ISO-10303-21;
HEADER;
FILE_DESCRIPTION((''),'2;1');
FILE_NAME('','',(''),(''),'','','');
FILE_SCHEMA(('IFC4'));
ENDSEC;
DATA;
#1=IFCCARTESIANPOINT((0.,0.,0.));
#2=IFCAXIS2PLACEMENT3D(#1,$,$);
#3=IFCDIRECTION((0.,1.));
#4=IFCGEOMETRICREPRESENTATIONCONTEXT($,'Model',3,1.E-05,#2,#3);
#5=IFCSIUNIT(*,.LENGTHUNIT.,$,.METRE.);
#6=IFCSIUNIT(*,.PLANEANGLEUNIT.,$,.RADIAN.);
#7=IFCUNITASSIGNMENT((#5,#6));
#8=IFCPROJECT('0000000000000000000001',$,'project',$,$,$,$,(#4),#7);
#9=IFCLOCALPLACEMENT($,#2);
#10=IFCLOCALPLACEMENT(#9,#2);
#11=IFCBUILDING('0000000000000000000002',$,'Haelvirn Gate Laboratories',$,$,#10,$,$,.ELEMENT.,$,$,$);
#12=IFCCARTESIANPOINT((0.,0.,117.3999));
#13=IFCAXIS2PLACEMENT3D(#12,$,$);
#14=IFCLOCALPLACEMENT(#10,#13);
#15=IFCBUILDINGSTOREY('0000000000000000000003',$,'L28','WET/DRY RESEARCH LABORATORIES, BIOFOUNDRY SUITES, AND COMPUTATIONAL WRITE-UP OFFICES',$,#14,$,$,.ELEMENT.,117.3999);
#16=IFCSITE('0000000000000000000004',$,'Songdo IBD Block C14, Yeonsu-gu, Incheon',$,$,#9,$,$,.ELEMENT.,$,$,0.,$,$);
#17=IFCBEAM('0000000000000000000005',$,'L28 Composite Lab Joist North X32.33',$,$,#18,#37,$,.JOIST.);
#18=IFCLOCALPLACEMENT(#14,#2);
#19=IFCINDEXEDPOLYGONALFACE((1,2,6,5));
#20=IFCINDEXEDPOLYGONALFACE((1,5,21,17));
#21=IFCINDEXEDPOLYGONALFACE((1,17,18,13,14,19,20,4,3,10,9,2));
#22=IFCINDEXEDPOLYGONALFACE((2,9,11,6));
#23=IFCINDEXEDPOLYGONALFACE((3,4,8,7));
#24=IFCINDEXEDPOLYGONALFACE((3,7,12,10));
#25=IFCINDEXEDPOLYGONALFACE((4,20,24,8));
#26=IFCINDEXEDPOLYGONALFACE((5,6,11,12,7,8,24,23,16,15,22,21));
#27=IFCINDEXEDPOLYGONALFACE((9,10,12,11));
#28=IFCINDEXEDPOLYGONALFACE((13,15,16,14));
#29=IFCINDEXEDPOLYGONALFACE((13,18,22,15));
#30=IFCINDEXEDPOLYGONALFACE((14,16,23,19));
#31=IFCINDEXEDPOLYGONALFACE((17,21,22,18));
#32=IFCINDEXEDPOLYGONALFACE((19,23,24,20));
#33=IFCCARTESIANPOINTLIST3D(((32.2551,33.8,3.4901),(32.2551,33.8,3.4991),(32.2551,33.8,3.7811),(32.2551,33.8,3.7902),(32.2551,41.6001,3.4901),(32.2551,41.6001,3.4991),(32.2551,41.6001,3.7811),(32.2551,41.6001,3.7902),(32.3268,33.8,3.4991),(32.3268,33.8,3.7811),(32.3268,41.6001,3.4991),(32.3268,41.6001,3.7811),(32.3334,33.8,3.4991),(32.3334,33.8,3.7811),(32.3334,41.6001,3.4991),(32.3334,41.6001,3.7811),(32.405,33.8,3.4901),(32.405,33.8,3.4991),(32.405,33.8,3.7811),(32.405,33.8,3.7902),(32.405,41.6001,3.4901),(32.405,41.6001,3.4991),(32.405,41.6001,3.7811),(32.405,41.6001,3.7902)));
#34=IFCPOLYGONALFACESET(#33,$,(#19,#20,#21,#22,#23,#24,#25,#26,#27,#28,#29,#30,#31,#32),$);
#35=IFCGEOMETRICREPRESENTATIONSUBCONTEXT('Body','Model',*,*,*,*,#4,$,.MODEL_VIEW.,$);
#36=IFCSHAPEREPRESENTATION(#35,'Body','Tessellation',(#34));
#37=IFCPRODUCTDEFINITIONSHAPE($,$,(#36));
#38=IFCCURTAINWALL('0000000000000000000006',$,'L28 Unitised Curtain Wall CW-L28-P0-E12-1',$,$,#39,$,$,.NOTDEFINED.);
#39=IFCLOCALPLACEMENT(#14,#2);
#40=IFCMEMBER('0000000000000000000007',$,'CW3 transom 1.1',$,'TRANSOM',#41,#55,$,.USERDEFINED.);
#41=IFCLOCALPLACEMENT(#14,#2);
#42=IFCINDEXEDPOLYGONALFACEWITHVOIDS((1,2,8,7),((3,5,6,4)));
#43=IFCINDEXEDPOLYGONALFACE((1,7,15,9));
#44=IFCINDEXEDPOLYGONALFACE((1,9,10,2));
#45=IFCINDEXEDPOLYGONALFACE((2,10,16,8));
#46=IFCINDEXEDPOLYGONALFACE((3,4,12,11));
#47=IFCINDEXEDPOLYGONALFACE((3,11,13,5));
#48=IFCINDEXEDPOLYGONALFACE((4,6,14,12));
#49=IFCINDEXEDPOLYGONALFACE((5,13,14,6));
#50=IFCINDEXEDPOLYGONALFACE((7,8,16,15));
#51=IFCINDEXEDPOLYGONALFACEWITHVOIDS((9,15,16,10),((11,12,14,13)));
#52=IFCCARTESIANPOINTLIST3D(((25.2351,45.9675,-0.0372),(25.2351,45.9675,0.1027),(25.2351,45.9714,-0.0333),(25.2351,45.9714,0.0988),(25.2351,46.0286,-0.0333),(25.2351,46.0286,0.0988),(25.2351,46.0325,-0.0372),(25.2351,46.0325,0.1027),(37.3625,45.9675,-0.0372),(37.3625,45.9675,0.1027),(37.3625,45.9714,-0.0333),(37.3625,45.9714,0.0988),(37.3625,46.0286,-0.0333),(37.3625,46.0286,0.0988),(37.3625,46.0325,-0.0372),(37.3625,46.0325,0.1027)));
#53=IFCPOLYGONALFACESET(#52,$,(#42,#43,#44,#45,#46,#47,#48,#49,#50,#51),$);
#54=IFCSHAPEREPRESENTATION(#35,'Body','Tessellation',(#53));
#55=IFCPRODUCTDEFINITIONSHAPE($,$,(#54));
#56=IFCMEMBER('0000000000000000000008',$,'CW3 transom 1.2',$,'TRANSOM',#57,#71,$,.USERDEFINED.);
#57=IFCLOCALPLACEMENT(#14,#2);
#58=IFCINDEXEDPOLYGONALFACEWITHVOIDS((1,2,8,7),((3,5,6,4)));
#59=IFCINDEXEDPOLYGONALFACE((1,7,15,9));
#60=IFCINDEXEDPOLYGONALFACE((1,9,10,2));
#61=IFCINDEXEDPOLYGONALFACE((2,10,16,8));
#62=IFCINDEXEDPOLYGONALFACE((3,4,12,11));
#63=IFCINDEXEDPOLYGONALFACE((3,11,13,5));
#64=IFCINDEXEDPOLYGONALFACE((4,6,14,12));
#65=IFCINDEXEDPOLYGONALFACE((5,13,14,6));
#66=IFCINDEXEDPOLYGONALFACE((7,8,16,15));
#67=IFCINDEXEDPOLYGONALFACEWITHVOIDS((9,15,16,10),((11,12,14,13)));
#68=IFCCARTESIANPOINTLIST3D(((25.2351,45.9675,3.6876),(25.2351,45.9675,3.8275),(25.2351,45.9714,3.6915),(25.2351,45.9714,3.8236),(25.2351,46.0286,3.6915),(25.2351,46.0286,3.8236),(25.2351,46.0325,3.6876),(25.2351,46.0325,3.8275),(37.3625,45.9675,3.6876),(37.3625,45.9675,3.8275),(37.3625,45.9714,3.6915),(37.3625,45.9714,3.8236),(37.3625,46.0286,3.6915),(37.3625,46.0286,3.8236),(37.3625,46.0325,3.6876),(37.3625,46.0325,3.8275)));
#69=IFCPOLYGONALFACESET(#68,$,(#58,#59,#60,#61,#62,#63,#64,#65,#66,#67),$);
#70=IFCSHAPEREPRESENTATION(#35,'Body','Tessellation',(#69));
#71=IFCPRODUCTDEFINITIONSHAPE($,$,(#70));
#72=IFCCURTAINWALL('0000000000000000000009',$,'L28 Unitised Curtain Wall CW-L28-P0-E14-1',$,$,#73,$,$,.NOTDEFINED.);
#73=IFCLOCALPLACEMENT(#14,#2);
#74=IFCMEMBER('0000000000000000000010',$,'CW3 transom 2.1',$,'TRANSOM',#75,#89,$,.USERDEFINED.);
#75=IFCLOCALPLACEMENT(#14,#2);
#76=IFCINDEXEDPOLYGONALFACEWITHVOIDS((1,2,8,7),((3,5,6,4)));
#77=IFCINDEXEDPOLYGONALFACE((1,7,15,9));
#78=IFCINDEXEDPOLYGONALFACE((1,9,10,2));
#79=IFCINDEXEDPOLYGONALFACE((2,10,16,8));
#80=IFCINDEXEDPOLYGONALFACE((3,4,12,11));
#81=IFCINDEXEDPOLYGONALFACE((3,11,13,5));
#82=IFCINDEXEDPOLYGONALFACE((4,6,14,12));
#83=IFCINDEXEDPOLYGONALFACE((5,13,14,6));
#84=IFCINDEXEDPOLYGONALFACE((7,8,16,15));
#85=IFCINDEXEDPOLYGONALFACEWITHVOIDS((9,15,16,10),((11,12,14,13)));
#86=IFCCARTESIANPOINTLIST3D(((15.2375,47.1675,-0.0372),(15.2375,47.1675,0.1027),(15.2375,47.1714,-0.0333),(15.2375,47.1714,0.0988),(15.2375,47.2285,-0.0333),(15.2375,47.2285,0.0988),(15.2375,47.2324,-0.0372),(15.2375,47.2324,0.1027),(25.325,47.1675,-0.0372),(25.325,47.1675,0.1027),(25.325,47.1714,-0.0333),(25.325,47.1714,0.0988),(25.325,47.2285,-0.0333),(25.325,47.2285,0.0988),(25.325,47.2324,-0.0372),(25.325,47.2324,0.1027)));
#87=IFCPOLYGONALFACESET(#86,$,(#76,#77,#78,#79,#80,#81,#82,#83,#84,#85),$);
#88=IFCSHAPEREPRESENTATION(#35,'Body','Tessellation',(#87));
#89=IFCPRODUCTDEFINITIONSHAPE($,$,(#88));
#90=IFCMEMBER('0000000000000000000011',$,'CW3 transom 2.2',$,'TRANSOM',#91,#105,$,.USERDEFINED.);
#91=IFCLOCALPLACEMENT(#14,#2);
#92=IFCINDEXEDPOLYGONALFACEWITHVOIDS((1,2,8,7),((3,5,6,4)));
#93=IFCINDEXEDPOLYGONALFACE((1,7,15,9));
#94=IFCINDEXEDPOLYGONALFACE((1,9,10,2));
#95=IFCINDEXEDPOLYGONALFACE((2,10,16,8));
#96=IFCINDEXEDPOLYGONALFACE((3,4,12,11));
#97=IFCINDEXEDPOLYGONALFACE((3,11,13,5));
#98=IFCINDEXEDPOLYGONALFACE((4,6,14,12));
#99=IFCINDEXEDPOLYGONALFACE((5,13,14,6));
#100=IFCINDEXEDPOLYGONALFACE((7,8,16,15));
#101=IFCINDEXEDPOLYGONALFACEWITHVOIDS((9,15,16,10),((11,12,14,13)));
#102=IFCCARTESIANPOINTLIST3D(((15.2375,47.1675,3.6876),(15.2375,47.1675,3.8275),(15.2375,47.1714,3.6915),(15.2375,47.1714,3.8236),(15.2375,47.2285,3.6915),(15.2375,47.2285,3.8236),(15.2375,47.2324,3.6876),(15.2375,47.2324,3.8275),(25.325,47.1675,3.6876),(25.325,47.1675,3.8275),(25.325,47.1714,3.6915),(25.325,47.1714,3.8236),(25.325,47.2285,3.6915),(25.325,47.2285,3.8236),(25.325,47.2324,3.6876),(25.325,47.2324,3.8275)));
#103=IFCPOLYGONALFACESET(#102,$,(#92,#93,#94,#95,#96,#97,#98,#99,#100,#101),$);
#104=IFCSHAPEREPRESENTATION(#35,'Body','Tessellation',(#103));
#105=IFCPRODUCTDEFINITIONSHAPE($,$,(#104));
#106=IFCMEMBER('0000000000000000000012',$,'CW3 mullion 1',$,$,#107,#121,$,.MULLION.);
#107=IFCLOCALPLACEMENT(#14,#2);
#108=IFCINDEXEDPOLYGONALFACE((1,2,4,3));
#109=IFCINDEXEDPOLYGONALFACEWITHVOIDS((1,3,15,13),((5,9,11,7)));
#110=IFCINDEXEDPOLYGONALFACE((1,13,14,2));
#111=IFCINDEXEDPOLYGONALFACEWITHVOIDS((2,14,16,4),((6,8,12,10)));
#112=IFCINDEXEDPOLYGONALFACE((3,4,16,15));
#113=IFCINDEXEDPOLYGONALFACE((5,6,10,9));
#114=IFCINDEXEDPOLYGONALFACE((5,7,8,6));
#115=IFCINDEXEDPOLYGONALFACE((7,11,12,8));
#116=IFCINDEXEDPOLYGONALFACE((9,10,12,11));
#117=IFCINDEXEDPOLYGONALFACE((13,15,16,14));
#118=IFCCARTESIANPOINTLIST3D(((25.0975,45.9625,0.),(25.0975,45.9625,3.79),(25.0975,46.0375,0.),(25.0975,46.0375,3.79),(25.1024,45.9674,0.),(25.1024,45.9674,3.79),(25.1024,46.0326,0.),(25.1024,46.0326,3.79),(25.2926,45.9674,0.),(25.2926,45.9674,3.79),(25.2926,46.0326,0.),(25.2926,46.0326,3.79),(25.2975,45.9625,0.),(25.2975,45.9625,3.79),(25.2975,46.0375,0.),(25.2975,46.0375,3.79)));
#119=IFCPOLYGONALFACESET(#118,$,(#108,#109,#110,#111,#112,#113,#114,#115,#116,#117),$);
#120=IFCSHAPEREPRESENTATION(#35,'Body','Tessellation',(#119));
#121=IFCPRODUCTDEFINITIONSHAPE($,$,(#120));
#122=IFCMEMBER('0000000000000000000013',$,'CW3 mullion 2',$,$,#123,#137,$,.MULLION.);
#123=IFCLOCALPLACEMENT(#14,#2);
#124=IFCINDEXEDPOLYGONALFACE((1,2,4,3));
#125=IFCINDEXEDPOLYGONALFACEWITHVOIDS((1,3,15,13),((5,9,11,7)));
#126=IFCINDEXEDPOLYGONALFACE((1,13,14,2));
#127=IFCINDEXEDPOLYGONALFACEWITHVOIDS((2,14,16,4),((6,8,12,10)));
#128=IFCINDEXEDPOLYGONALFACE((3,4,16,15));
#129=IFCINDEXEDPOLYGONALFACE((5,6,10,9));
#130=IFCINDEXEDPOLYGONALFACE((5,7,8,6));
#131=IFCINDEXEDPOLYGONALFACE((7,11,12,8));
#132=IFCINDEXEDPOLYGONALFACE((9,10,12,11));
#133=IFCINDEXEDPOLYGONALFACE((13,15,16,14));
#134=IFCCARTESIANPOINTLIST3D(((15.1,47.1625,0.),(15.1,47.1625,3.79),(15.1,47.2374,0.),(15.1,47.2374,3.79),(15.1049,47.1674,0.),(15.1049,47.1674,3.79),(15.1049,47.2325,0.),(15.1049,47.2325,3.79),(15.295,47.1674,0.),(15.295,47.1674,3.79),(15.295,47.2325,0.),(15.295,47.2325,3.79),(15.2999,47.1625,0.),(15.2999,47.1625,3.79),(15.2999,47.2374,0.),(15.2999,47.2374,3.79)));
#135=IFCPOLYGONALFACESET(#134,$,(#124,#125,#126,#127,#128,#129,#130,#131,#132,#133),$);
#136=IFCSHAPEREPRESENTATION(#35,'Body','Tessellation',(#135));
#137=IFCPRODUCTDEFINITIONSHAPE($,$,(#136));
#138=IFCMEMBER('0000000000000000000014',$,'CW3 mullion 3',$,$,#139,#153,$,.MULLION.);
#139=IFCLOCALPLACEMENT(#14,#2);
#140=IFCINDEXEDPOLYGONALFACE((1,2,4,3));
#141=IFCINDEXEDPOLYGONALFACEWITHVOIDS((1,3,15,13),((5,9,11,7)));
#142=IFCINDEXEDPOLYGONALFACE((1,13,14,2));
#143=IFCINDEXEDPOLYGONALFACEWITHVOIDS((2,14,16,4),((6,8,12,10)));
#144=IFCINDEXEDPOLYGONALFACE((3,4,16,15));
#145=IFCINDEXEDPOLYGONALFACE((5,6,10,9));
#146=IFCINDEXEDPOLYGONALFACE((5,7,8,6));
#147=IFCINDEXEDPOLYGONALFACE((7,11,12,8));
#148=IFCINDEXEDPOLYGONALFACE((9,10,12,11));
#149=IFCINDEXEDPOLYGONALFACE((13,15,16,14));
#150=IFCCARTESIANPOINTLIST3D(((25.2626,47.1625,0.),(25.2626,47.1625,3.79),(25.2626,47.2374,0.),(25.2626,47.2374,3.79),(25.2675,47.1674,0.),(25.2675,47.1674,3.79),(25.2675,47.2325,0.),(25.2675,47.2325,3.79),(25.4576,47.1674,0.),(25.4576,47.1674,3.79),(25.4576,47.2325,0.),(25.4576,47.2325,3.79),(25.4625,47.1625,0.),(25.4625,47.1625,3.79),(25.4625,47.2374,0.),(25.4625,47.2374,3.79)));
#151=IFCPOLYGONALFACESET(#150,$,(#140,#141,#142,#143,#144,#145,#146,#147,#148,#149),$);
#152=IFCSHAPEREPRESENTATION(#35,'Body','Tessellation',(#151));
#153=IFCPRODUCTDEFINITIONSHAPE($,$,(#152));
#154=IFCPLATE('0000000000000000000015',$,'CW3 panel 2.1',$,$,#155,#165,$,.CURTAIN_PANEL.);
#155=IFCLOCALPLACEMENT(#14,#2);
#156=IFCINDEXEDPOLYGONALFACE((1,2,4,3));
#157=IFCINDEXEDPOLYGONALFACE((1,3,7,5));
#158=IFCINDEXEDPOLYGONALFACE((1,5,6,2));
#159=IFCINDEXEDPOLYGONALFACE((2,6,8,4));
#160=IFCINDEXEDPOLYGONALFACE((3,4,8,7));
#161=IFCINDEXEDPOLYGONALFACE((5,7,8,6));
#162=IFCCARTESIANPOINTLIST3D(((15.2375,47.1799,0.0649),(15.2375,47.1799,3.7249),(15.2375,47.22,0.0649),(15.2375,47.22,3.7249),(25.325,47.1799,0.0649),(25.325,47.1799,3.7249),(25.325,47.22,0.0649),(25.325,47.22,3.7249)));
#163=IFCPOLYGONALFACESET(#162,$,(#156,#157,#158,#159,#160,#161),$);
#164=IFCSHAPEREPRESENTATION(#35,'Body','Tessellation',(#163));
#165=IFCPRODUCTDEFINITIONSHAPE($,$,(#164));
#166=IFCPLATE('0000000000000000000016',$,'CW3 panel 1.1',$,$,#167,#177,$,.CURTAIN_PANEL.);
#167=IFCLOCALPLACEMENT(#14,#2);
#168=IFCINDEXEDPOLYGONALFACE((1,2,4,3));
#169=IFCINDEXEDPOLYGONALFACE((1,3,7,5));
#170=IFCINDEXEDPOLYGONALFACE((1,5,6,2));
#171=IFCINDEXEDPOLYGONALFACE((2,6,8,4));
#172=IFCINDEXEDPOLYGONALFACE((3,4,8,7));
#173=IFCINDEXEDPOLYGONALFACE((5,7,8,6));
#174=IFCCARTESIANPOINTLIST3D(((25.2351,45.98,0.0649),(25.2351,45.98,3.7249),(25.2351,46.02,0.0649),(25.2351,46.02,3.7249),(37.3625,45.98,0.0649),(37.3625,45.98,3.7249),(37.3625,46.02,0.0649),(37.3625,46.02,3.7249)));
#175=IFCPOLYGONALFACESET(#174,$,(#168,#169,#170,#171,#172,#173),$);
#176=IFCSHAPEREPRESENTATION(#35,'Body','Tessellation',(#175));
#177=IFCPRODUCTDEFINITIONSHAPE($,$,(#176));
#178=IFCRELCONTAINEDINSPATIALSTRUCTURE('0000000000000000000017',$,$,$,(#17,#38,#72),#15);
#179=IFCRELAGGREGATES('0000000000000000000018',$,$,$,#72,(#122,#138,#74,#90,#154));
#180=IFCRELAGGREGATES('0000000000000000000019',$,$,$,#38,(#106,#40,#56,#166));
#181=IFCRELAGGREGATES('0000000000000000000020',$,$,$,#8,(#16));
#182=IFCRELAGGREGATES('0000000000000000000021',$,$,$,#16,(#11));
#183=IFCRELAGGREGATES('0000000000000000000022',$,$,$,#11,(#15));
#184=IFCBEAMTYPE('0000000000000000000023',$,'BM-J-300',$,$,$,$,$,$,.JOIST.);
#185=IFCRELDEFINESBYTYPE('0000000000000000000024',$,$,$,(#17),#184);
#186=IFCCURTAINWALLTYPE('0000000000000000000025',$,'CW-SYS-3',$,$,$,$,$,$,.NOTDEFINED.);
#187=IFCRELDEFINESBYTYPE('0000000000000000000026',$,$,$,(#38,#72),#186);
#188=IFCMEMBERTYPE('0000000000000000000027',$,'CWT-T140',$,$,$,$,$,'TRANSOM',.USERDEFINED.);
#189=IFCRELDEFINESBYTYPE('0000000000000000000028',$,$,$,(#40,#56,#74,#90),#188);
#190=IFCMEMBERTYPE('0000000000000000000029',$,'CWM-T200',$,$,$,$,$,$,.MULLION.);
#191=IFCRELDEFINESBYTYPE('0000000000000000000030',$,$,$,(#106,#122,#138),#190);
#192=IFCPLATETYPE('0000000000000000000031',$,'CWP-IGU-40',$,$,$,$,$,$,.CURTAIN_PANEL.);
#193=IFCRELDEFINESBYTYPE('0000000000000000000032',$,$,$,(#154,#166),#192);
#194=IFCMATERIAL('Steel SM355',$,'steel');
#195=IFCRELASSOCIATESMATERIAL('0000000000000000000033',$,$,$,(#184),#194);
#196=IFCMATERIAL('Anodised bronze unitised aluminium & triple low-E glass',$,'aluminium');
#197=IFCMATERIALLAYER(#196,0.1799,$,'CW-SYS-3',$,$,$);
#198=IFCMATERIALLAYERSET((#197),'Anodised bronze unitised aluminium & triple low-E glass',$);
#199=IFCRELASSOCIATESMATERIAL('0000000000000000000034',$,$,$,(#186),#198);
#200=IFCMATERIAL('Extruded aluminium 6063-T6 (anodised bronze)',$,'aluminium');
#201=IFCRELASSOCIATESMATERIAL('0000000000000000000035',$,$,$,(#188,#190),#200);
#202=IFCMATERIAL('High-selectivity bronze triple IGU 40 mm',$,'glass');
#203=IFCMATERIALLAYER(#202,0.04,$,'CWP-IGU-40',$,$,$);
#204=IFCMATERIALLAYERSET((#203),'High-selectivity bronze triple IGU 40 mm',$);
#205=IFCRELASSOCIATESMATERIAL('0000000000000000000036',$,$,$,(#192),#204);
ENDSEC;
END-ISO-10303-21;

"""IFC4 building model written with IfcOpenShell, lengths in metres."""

from ifc_helpers import new_model, si_unit, direction, frame, origin, origin_2d, place, context, subcontext, project, spatial, rectangle, hollow_rectangle, i_section, extrude, source, transform, mapped, material, layer, layer_set, material_profile, profile_set, type_object, type_shapes, element, aggregate, save


model = new_model("IFC4")

# Units and contexts
model_context = context("Model", 3, precision=1e-05, world=origin(), true_north=direction((0.0, 1.0)))
body_context = subcontext(model_context, "Body", "Model", "MODEL_VIEW")
ifc_project = project(units=[si_unit("LENGTHUNIT", "METRE"), si_unit("PLANEANGLEUNIT", "RADIAN")], contexts=[model_context])

# Site, building, storey
site_placement = place(None, origin())
site = spatial("IfcSite", under=ifc_project, at=site_placement, Name="Songdo IBD Block C14, Yeonsu-gu, Incheon", CompositionType="ELEMENT", RefElevation=0.0)
building_placement = place(site_placement, origin())
building = spatial("IfcBuilding", under=site, at=building_placement, Name="Haelvirn Gate Laboratories", CompositionType="ELEMENT")
storey_placement = place(building_placement, frame((0.0, 0.0, 117.3999)))
storey = spatial("IfcBuildingStorey", under=building, at=storey_placement, Name="L28", Description="WET/DRY RESEARCH LABORATORIES, BIOFOUNDRY SUITES, AND COMPUTATIONAL WRITE-UP OFFICES", CompositionType="ELEMENT", Elevation=117.3999)

# Shared definitions
ifc_material_1 = material(Name="Steel SM355", Category="steel")

# Beam
ifc_material_profile_1 = material_profile(ifc_material_1, i_section(OverallWidth=0.1499, OverallDepth=0.3, WebThickness=0.0066, FlangeThickness=0.009, at=origin_2d()), Name="H-300x150x6.5x9")
ifc_profile_set_1 = profile_set([ifc_material_profile_1], Name="Steel SM355")
beam_type_1 = type_object("IfcBeamType", Name="BM-J-300", PredefinedType="JOIST", material=ifc_profile_set_1)
shared_shape_1 = source(origin(), body_context, "Body", "SweptSolid", [
    extrude(i_section(OverallWidth=0.1499, OverallDepth=0.3, WebThickness=0.0066, FlangeThickness=0.009, at=origin_2d()), origin(), (0.0, 0.0, 1.0), 7.8),
])
type_shapes(beam_type_1, [shared_shape_1])
beam_1_placement = place(storey_placement, frame((32.3301, 33.8, 3.6401), z_axis=(0.0, 1.0, 0.0), x_axis=(-1.0, 0.0, 0.0)))
element("IfcBeam", 1, at=beam_1_placement, inside=storey, type_object=beam_type_1, Name="L28 Composite Lab Joist North X32.33", PredefinedType="JOIST", context=body_context, shape_type="MappedRepresentation", body=[
    mapped(shared_shape_1, transform((0.0, 0.0, 0.0), scale=1.0)),
])

# Curtain walls, members
ifc_material_2 = material(Name="Anodised bronze unitised aluminium & triple low-E glass", Category="aluminium")
ifc_layer_1 = layer(ifc_material_2, 0.1799, Name="CW-SYS-3")
ifc_layer_set_1 = layer_set([ifc_layer_1], Name="Anodised bronze unitised aluminium & triple low-E glass")
curtain_wall_type = type_object("IfcCurtainWallType", Name="CW-SYS-3", PredefinedType="NOTDEFINED", material=ifc_layer_set_1)
curtain_wall_1_placement = place(storey_placement, origin())
curtain_wall_1 = element("IfcCurtainWall", 2, at=curtain_wall_1_placement, inside=storey, type_object=curtain_wall_type, Name="L28 Unitised Curtain Wall CW-L28-P0-E12-1", PredefinedType="NOTDEFINED")
ifc_material_3 = material(Name="Extruded aluminium 6063-T6 (anodised bronze)", Category="aluminium")
ifc_material_profile_2 = material_profile(ifc_material_3, hollow_rectangle(XDim=0.0649, YDim=0.1399, WallThickness=0.0039, at=origin_2d()), Name="CWT-140x65x4")
ifc_profile_set_2 = profile_set([ifc_material_profile_2], Name="Extruded aluminium 6063-T6 (anodised bronze)")
member_type_1 = type_object("IfcMemberType", Name="CWT-T140", ElementType="TRANSOM", PredefinedType="USERDEFINED", material=ifc_profile_set_2)
shared_shape_2 = source(origin(), body_context, "Body", "SweptSolid", [
    extrude(hollow_rectangle(XDim=0.0649, YDim=0.1399, WallThickness=0.0039, at=origin_2d()), origin(), (0.0, 0.0, 1.0), 12.1274),
])
member_1_placement = place(storey_placement, frame((25.2351, 46.0, 0.0327), z_axis=(1.0, 0.0, 0.0), x_axis=(0.0, 1.0, 0.0)))
member_1 = element("IfcMember", 3, at=member_1_placement, type_object=member_type_1, Name="CW3 transom 1.1", ObjectType="TRANSOM", PredefinedType="USERDEFINED", context=body_context, shape_type="MappedRepresentation", body=[
    mapped(shared_shape_2, transform((0.0, 0.0, 0.0), scale=1.0)),
])
member_2_placement = place(storey_placement, frame((25.2351, 46.0, 3.7576), z_axis=(1.0, 0.0, 0.0), x_axis=(0.0, 1.0, 0.0)))
member_2 = element("IfcMember", 4, at=member_2_placement, type_object=member_type_1, Name="CW3 transom 1.2", ObjectType="TRANSOM", PredefinedType="USERDEFINED", context=body_context, shape_type="MappedRepresentation", body=[
    mapped(shared_shape_2, transform((0.0, 0.0, 0.0), scale=1.0)),
])
curtain_wall_2_placement = place(storey_placement, origin())
curtain_wall_2 = element("IfcCurtainWall", 5, at=curtain_wall_2_placement, inside=storey, type_object=curtain_wall_type, Name="L28 Unitised Curtain Wall CW-L28-P0-E14-1", PredefinedType="NOTDEFINED")
shared_shape_3 = source(origin(), body_context, "Body", "SweptSolid", [
    extrude(hollow_rectangle(XDim=0.0649, YDim=0.1399, WallThickness=0.0039, at=origin_2d()), origin(), (0.0, 0.0, 1.0), 10.0874),
])
type_shapes(member_type_1, [shared_shape_2, shared_shape_3])
member_3_placement = place(storey_placement, frame((15.2375, 47.2, 0.0327), z_axis=(1.0, 0.0, 0.0), x_axis=(0.0, 1.0, 0.0)))
member_3 = element("IfcMember", 6, at=member_3_placement, type_object=member_type_1, Name="CW3 transom 2.1", ObjectType="TRANSOM", PredefinedType="USERDEFINED", context=body_context, shape_type="MappedRepresentation", body=[
    mapped(shared_shape_3, transform((0.0, 0.0, 0.0), scale=1.0)),
])
member_4_placement = place(storey_placement, frame((15.2375, 47.2, 3.7576), z_axis=(1.0, 0.0, 0.0), x_axis=(0.0, 1.0, 0.0)))
member_4 = element("IfcMember", 7, at=member_4_placement, type_object=member_type_1, Name="CW3 transom 2.2", ObjectType="TRANSOM", PredefinedType="USERDEFINED", context=body_context, shape_type="MappedRepresentation", body=[
    mapped(shared_shape_3, transform((0.0, 0.0, 0.0), scale=1.0)),
])

# Members
ifc_material_profile_3 = material_profile(ifc_material_3, hollow_rectangle(XDim=0.075, YDim=0.2, WallThickness=0.0049, at=origin_2d()), Name="CWM-200x75x5")
ifc_profile_set_3 = profile_set([ifc_material_profile_3], Name="Extruded aluminium 6063-T6 (anodised bronze)")
member_type_2 = type_object("IfcMemberType", Name="CWM-T200", PredefinedType="MULLION", material=ifc_profile_set_3)
shared_shape_4 = source(origin(), body_context, "Body", "SweptSolid", [
    extrude(hollow_rectangle(XDim=0.075, YDim=0.2, WallThickness=0.0049, at=origin_2d()), origin(), (0.0, 0.0, 1.0), 3.79),
])
type_shapes(member_type_2, [shared_shape_4])
member_5_placement = place(storey_placement, frame((25.1975, 46.0, 0.0), z_axis=(0.0, 0.0, 1.0), x_axis=(0.0, 1.0, 0.0)))
member_5 = element("IfcMember", 8, at=member_5_placement, type_object=member_type_2, Name="CW3 mullion 1", PredefinedType="MULLION", context=body_context, shape_type="MappedRepresentation", body=[
    mapped(shared_shape_4, transform((0.0, 0.0, 0.0), scale=1.0)),
])
member_6_placement = place(storey_placement, frame((15.2, 47.2, 0.0), z_axis=(0.0, 0.0, 1.0), x_axis=(0.0, 1.0, 0.0)))
member_6 = element("IfcMember", 9, at=member_6_placement, type_object=member_type_2, Name="CW3 mullion 2", PredefinedType="MULLION", context=body_context, shape_type="MappedRepresentation", body=[
    mapped(shared_shape_4, transform((0.0, 0.0, 0.0), scale=1.0)),
])
member_7_placement = place(storey_placement, frame((25.3625, 47.2, 0.0), z_axis=(0.0, 0.0, 1.0), x_axis=(0.0, 1.0, 0.0)))
member_7 = element("IfcMember", 10, at=member_7_placement, type_object=member_type_2, Name="CW3 mullion 3", PredefinedType="MULLION", context=body_context, shape_type="MappedRepresentation", body=[
    mapped(shared_shape_4, transform((0.0, 0.0, 0.0), scale=1.0)),
])

# Plates
ifc_material_4 = material(Name="High-selectivity bronze triple IGU 40 mm", Category="glass")
ifc_layer_2 = layer(ifc_material_4, 0.04, Name="CWP-IGU-40")
ifc_layer_set_2 = layer_set([ifc_layer_2], Name="High-selectivity bronze triple IGU 40 mm")
plate_type = type_object("IfcPlateType", Name="CWP-IGU-40", PredefinedType="CURTAIN_PANEL", material=ifc_layer_set_2)
shared_shape_5 = source(origin(), body_context, "Body", "SweptSolid", [
    extrude(rectangle(XDim=10.0874, YDim=0.04, at=origin_2d()), origin(), (0.0, 0.0, 1.0), 3.6599),
])
plate_1_placement = place(storey_placement, frame((20.2812, 47.2, 0.0649), z_axis=(0.0, 0.0, 1.0), x_axis=(1.0, 0.0, 0.0)))
plate_1 = element("IfcPlate", 11, at=plate_1_placement, type_object=plate_type, Name="CW3 panel 2.1", PredefinedType="CURTAIN_PANEL", context=body_context, shape_type="MappedRepresentation", body=[
    mapped(shared_shape_5, transform((0.0, 0.0, 0.0), scale=1.0)),
])
aggregate(curtain_wall_2, [member_6, member_7, member_3, member_4, plate_1])
shared_shape_6 = source(origin(), body_context, "Body", "SweptSolid", [
    extrude(rectangle(XDim=12.1274, YDim=0.04, at=origin_2d()), origin(), (0.0, 0.0, 1.0), 3.6599),
])
type_shapes(plate_type, [shared_shape_5, shared_shape_6])
plate_2_placement = place(storey_placement, frame((31.2988, 46.0, 0.0649), z_axis=(0.0, 0.0, 1.0), x_axis=(1.0, 0.0, 0.0)))
plate_2 = element("IfcPlate", 12, at=plate_2_placement, type_object=plate_type, Name="CW3 panel 1.1", PredefinedType="CURTAIN_PANEL", context=body_context, shape_type="MappedRepresentation", body=[
    mapped(shared_shape_6, transform((0.0, 0.0, 0.0), scale=1.0)),
])
aggregate(curtain_wall_1, [member_5, member_1, member_2, plate_2])

save(model, "model.ifc")
